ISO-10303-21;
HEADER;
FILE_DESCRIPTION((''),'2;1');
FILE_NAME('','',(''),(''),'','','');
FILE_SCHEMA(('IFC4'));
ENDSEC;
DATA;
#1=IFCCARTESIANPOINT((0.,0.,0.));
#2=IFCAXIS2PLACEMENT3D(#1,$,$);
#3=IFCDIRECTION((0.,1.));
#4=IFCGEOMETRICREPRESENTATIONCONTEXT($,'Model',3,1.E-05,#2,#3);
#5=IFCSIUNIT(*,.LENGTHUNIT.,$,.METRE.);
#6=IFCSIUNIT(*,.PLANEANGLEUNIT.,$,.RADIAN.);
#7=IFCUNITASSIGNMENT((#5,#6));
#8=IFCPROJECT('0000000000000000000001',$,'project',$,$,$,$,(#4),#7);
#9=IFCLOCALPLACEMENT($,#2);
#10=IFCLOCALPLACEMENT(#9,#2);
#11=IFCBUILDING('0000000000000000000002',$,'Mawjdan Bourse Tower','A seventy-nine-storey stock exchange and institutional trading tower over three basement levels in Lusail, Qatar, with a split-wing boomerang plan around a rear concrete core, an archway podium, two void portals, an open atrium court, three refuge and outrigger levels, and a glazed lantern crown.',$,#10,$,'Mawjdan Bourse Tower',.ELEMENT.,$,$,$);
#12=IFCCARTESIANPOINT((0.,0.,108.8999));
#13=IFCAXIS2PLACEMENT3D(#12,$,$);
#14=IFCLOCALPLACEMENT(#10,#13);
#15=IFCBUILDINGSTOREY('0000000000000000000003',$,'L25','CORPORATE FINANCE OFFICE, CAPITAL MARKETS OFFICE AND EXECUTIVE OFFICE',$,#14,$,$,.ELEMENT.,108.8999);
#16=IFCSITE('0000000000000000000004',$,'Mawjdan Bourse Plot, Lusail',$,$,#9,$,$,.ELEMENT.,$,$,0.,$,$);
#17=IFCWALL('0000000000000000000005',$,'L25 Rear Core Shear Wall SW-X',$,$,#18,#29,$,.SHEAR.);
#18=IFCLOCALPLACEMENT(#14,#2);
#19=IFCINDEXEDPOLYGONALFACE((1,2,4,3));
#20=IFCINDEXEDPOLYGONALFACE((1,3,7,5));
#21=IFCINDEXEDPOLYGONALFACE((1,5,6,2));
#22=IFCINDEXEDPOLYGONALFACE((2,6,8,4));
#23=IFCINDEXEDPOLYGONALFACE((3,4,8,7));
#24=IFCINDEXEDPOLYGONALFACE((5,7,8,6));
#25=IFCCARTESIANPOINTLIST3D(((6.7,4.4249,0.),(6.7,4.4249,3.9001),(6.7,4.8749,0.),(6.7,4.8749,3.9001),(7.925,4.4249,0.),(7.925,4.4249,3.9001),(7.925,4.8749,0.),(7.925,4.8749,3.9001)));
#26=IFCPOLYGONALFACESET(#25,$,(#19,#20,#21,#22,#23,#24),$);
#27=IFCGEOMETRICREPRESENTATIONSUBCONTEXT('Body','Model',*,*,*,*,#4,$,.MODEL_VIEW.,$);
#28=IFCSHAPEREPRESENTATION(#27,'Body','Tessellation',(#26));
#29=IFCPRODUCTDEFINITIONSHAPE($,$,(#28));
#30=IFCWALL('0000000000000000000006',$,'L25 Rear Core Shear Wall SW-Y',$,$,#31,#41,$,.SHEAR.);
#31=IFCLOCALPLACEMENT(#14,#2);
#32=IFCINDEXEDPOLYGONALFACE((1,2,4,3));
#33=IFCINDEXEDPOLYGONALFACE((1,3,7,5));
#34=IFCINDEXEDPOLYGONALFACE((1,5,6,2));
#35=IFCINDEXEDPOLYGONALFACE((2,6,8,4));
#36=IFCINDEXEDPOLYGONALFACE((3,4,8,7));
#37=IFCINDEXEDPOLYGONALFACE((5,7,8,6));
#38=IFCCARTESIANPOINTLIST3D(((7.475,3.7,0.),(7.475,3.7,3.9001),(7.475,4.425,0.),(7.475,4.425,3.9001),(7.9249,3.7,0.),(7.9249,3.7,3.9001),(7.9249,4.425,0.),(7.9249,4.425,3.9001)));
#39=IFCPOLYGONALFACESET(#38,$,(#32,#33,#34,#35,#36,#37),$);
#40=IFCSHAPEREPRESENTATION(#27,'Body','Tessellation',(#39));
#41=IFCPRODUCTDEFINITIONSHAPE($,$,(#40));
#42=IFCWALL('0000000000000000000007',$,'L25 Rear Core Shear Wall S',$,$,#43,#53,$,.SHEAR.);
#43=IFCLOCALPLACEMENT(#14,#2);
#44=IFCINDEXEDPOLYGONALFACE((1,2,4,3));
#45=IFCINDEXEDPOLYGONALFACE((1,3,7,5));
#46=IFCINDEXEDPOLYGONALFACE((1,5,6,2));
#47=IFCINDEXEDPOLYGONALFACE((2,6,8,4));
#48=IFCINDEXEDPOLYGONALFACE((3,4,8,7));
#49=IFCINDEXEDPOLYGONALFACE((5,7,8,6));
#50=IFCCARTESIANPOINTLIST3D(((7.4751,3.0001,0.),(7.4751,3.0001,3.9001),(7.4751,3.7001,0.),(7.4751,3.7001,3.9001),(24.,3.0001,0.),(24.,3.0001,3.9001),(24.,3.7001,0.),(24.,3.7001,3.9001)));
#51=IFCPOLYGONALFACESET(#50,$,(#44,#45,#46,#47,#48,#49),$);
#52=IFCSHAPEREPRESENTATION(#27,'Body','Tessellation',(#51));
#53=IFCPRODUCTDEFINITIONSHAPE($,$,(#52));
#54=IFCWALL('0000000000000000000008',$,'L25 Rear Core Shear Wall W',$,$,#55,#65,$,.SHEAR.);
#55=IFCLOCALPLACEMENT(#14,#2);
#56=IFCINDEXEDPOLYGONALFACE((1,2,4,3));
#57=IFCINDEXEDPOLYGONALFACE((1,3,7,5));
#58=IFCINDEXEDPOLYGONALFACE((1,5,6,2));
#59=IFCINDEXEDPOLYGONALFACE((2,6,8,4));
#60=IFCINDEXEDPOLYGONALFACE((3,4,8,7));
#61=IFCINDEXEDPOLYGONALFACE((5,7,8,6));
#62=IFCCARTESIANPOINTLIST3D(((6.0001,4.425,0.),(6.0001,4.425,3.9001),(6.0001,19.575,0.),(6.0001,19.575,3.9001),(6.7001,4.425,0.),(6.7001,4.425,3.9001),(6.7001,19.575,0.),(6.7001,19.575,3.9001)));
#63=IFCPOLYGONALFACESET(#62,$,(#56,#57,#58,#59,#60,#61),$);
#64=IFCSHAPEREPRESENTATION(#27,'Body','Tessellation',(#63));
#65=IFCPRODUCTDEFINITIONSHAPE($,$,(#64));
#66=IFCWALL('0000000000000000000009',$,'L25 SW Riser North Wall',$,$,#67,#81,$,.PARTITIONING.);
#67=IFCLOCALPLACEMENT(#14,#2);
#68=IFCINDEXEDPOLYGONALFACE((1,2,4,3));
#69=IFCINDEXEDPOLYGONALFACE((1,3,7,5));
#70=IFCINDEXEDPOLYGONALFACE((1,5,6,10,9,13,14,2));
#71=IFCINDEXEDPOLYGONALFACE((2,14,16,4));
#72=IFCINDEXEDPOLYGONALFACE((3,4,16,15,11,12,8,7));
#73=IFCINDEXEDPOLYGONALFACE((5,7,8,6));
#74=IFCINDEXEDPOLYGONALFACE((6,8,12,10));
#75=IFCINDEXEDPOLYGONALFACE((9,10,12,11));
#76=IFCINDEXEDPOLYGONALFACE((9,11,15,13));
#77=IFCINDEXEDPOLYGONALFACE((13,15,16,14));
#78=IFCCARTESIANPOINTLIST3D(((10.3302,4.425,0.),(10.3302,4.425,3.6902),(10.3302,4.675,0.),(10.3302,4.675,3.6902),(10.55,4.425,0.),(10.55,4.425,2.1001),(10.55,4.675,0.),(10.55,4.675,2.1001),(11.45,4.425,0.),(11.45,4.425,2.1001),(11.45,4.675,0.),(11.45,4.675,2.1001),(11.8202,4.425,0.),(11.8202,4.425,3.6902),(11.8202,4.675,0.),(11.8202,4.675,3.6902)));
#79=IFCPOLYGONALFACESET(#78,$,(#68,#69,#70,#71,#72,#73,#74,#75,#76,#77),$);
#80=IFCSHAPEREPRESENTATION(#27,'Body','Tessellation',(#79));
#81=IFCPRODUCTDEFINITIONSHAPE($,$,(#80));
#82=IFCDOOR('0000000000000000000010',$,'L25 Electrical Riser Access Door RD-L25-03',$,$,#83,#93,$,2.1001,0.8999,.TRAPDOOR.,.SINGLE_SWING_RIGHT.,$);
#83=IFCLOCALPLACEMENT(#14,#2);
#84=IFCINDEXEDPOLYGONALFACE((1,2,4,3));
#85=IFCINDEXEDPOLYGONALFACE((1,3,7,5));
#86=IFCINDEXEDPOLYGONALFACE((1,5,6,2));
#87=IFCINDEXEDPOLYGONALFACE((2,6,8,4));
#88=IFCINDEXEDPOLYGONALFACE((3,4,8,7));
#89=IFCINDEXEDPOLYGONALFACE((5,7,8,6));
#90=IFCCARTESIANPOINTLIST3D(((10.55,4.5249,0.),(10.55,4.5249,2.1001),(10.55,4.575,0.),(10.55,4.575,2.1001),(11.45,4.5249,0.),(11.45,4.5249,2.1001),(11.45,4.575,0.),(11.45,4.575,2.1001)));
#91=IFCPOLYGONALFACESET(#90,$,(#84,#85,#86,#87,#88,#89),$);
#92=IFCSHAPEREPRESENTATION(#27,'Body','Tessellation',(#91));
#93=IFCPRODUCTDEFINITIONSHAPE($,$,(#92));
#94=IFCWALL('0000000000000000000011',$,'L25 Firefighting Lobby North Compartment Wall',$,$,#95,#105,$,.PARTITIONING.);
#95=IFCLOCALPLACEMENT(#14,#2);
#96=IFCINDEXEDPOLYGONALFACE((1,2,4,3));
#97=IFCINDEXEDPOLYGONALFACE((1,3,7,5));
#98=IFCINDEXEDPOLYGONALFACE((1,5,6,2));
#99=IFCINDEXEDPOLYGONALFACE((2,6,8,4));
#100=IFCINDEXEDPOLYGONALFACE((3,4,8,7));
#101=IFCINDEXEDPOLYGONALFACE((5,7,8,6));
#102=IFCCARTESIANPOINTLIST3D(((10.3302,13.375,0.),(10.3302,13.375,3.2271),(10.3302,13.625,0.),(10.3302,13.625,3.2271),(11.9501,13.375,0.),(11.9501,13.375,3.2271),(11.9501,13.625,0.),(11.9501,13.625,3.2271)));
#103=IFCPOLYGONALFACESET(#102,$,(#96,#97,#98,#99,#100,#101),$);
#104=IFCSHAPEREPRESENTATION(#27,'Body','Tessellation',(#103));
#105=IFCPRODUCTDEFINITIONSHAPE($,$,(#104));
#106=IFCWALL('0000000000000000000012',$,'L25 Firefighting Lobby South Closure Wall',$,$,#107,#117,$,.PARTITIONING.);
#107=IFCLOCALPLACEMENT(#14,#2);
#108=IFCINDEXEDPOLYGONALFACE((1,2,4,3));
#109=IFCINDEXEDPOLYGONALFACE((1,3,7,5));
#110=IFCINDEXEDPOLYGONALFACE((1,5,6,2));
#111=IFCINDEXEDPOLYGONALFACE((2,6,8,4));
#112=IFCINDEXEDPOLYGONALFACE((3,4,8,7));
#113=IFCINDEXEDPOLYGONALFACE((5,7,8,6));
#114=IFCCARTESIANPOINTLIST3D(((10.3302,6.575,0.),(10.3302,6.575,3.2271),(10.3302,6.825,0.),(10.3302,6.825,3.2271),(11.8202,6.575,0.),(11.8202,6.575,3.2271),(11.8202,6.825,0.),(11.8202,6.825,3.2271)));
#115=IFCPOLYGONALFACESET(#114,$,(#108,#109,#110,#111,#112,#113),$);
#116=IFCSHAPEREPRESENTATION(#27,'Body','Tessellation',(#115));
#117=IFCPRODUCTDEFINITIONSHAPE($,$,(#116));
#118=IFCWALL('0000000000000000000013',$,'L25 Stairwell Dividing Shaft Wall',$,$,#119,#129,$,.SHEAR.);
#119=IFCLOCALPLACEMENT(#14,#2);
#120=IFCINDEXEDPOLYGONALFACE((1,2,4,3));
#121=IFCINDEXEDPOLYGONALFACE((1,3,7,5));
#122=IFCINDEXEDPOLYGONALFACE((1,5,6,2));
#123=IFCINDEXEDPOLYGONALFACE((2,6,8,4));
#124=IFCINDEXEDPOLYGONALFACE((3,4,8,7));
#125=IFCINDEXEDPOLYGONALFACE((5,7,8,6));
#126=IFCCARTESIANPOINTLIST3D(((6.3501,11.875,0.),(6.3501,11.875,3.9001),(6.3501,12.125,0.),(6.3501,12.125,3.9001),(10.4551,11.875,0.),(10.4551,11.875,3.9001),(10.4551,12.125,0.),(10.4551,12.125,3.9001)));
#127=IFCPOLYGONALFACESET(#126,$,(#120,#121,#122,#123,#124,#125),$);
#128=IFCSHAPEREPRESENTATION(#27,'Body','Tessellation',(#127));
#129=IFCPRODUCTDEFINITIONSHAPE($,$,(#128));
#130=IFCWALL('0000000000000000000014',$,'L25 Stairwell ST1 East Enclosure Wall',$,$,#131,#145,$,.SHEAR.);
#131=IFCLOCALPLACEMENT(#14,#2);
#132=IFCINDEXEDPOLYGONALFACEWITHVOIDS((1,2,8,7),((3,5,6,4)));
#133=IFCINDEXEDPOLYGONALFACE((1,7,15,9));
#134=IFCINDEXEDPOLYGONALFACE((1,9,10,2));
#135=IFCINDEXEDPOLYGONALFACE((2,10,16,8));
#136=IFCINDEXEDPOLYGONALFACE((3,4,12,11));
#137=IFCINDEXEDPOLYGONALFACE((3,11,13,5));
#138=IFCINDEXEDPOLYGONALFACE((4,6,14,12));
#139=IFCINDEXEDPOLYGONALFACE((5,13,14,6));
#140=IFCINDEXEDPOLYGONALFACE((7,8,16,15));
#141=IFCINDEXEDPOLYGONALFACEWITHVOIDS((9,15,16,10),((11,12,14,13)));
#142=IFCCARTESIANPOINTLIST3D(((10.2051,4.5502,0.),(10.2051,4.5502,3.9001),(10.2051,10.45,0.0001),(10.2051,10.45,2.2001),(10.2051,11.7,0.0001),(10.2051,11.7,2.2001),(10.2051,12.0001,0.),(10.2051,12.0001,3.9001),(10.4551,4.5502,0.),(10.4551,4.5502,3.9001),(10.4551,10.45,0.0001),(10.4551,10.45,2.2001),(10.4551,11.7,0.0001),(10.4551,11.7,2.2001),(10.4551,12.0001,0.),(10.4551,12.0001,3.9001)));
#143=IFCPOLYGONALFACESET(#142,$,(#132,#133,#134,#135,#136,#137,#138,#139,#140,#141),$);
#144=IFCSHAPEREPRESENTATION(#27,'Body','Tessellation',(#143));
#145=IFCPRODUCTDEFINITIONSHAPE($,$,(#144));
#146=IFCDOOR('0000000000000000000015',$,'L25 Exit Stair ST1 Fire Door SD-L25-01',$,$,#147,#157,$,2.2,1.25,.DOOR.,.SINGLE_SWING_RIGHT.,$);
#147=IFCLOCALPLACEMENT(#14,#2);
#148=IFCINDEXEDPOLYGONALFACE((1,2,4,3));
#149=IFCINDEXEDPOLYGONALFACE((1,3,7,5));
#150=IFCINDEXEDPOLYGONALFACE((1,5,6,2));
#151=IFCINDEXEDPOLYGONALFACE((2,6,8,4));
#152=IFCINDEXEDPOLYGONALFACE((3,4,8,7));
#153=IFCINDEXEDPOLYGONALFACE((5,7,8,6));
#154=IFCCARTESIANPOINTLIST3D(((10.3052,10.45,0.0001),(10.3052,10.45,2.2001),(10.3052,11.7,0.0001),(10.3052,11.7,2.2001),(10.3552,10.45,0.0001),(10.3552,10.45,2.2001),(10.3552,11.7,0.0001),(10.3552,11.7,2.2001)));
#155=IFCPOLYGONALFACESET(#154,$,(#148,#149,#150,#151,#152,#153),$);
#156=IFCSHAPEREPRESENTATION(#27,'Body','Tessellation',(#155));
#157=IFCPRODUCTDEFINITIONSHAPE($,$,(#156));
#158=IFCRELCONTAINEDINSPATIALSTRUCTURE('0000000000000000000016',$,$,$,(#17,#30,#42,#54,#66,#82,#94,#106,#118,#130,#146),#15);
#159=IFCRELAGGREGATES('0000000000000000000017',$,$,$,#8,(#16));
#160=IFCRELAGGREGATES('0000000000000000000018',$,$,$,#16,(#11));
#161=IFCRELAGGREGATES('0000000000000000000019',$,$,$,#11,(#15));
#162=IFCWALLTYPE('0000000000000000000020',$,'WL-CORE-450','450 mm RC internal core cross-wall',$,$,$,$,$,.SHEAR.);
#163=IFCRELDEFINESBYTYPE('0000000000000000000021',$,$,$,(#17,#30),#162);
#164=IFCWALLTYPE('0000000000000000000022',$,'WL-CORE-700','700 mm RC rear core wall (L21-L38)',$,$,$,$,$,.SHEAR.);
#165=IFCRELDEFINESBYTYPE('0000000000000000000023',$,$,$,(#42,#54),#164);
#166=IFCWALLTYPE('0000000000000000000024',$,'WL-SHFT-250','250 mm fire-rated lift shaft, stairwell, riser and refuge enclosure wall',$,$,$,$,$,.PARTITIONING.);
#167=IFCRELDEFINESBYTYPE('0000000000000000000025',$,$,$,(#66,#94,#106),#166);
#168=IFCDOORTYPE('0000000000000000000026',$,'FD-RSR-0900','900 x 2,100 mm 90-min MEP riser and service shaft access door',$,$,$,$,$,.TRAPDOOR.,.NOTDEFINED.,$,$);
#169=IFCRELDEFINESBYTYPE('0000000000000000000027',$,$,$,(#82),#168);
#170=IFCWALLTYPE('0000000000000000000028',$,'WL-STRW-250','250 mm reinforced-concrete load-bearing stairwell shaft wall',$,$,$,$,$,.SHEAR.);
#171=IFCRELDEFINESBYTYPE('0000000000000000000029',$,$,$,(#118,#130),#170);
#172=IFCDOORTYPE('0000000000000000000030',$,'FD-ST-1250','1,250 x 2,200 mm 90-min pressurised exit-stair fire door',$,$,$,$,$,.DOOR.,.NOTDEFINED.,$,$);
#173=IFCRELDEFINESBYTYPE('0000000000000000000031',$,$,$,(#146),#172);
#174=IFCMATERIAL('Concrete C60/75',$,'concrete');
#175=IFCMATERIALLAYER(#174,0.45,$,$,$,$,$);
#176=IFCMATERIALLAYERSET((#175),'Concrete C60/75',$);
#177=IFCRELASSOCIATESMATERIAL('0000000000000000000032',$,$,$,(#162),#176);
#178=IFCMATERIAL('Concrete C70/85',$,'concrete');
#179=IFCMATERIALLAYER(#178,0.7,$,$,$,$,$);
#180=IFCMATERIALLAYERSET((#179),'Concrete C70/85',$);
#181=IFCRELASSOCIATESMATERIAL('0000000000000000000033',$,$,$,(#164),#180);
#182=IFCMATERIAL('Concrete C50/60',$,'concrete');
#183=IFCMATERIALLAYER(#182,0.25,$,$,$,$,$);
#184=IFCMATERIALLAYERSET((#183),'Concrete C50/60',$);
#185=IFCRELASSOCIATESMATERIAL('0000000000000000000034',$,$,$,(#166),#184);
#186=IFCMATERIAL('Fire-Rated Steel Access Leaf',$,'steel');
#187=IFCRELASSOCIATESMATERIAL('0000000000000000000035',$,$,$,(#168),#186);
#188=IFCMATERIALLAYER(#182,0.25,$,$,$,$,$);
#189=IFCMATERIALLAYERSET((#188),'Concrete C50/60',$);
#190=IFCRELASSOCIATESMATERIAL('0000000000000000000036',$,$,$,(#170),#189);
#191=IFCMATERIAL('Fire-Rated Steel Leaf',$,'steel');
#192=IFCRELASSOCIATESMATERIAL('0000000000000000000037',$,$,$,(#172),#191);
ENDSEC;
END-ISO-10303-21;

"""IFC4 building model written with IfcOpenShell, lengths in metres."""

from ifc_helpers import new_model, si_unit, direction, frame, frame_2d, origin, place, context, subcontext, project, spatial, rectangle, extrude, material, layer, layer_set, type_object, element, fill, save


model = new_model("IFC4")

# Units and contexts
model_context = context("Model", 3, precision=1e-05, world=origin(), true_north=direction((0.0, 1.0)))
body_context = subcontext(model_context, "Body", "Model", "MODEL_VIEW")
ifc_project = project(units=[si_unit("LENGTHUNIT", "METRE"), si_unit("PLANEANGLEUNIT", "RADIAN")], contexts=[model_context])

# Site, building, storey
site_placement = place(None, origin())
site = spatial("IfcSite", under=ifc_project, at=site_placement, Name="Mawjdan Bourse Plot, Lusail", CompositionType="ELEMENT", RefElevation=0.0)
building_placement = place(site_placement, origin())
building = spatial("IfcBuilding", under=site, at=building_placement, Name="Mawjdan Bourse Tower", Description="A seventy-nine-storey stock exchange and institutional trading tower over three basement levels in Lusail, Qatar, with a split-wing boomerang plan around a rear concrete core, an archway podium, two void portals, an open atrium court, three refuge and outrigger levels, and a glazed lantern crown.", LongName="Mawjdan Bourse Tower", CompositionType="ELEMENT")
storey_placement = place(building_placement, frame((0.0, 0.0, 108.8999)))
storey = spatial("IfcBuildingStorey", under=building, at=storey_placement, Name="L25", Description="CORPORATE FINANCE OFFICE, CAPITAL MARKETS OFFICE AND EXECUTIVE OFFICE", CompositionType="ELEMENT", Elevation=108.8999)

# Shared definitions
ifc_material_1 = material(Name="Concrete C50/60", Category="concrete")

# Walls
ifc_material_2 = material(Name="Concrete C60/75", Category="concrete")
ifc_layer_1 = layer(ifc_material_2, 0.45)
ifc_layer_set_1 = layer_set([ifc_layer_1], Name="Concrete C60/75")
wall_type_1 = type_object("IfcWallType", Name="WL-CORE-450", Description="450 mm RC internal core cross-wall", PredefinedType="SHEAR", material=ifc_layer_set_1)
wall_1_placement = place(storey_placement, frame((6.7, 4.6499, 0.0), z_axis=(0.0, 0.0, 1.0), x_axis=(1.0, 0.0, 0.0)))
element("IfcWall", 1, at=wall_1_placement, inside=storey, type_object=wall_type_1, Name="L25 Rear Core Shear Wall SW-X", PredefinedType="SHEAR", context=body_context, shape_type="SweptSolid", body=[
    extrude(rectangle(XDim=1.2251, YDim=0.45, at=frame_2d((0.6125, 0.0))), origin(), (0.0, 0.0, 1.0), 3.9001),
])
wall_2_placement = place(storey_placement, frame((7.7, 3.7, 0.0), z_axis=(0.0, 0.0, 1.0), x_axis=(0.0, 1.0, 0.0)))
element("IfcWall", 2, at=wall_2_placement, inside=storey, type_object=wall_type_1, Name="L25 Rear Core Shear Wall SW-Y", PredefinedType="SHEAR", context=body_context, shape_type="SweptSolid", body=[
    extrude(rectangle(XDim=0.7251, YDim=0.45, at=frame_2d((0.3625, 0.0))), origin(), (0.0, 0.0, 1.0), 3.9001),
])
ifc_material_3 = material(Name="Concrete C70/85", Category="concrete")
ifc_layer_2 = layer(ifc_material_3, 0.7)
ifc_layer_set_2 = layer_set([ifc_layer_2], Name="Concrete C70/85")
wall_type_2 = type_object("IfcWallType", Name="WL-CORE-700", Description="700 mm RC rear core wall (L21-L38)", PredefinedType="SHEAR", material=ifc_layer_set_2)
wall_3_placement = place(storey_placement, frame((7.4751, 3.3501, 0.0), z_axis=(0.0, 0.0, 1.0), x_axis=(1.0, 0.0, 0.0)))
element("IfcWall", 3, at=wall_3_placement, inside=storey, type_object=wall_type_2, Name="L25 Rear Core Shear Wall S", PredefinedType="SHEAR", context=body_context, shape_type="SweptSolid", body=[
    extrude(rectangle(XDim=16.5249, YDim=0.7, at=frame_2d((8.2625, 0.0))), origin(), (0.0, 0.0, 1.0), 3.9001),
])
wall_4_placement = place(storey_placement, frame((6.3501, 4.425, 0.0), z_axis=(0.0, 0.0, 1.0), x_axis=(0.0, 1.0, 0.0)))
element("IfcWall", 4, at=wall_4_placement, inside=storey, type_object=wall_type_2, Name="L25 Rear Core Shear Wall W", PredefinedType="SHEAR", context=body_context, shape_type="SweptSolid", body=[
    extrude(rectangle(XDim=15.1499, YDim=0.7, at=frame_2d((7.575, 0.0))), origin(), (0.0, 0.0, 1.0), 3.9001),
])

# Wall, opening, door
ifc_layer_3 = layer(ifc_material_1, 0.25)
ifc_layer_set_3 = layer_set([ifc_layer_3], Name="Concrete C50/60")
wall_type_3 = type_object("IfcWallType", Name="WL-SHFT-250", Description="250 mm fire-rated lift shaft, stairwell, riser and refuge enclosure wall", PredefinedType="PARTITIONING", material=ifc_layer_set_3)
wall_5_placement = place(storey_placement, frame((10.3301, 4.55, 0.0), z_axis=(0.0, 0.0, 1.0), x_axis=(1.0, 0.0, 0.0)))
wall_5 = element("IfcWall", 5, at=wall_5_placement, inside=storey, type_object=wall_type_3, Name="L25 SW Riser North Wall", PredefinedType="PARTITIONING", context=body_context, shape_type="SweptSolid", body=[
    extrude(rectangle(XDim=1.49, YDim=0.25, at=frame_2d((0.7451, 0.0))), origin(), (0.0, 0.0, 1.0), 3.6902),
])
opening_1_placement = place(wall_5_placement, frame((0.22, 0.0, 0.0)))
opening_1 = element("IfcOpeningElement", 6, at=opening_1_placement, cuts=wall_5, PredefinedType="OPENING", context=body_context, shape_type="SweptSolid", body=[
    extrude(rectangle(XDim=0.8999, YDim=2.1001, at=frame_2d((0.45, 1.05))), frame((0.0, 0.135, 0.0), z_axis=(0.0, -1.0, 0.0), x_axis=(1.0, 0.0, 0.0)), (0.0, 0.0, 1.0), 0.27),
])
ifc_material_4 = material(Name="Fire-Rated Steel Access Leaf", Category="steel")
door_type_1 = type_object("IfcDoorType", Name="FD-RSR-0900", Description="900 x 2,100 mm 90-min MEP riser and service shaft access door", OperationType="NOTDEFINED", PredefinedType="TRAPDOOR", material=ifc_material_4)
door_1_placement = place(opening_1_placement, origin())
door_1 = element("IfcDoor", 7, at=door_1_placement, inside=storey, type_object=door_type_1, Name="L25 Electrical Riser Access Door RD-L25-03", OperationType="SINGLE_SWING_RIGHT", OverallHeight=2.1001, OverallWidth=0.8999, PredefinedType="TRAPDOOR", context=body_context, shape_type="SweptSolid", body=[
    extrude(rectangle(XDim=0.8999, YDim=2.1001, at=frame_2d((0.45, 1.05))), frame((0.0, 0.0249, 0.0), z_axis=(0.0, -1.0, 0.0), x_axis=(1.0, 0.0, 0.0)), (0.0, 0.0, 1.0), 0.05),
])
fill(opening_1, door_1)

# Walls
wall_6_placement = place(storey_placement, frame((10.3301, 13.5, 0.0), z_axis=(0.0, 0.0, 1.0), x_axis=(1.0, 0.0, 0.0)))
element("IfcWall", 8, at=wall_6_placement, inside=storey, type_object=wall_type_3, Name="L25 Firefighting Lobby North Compartment Wall", PredefinedType="PARTITIONING", context=body_context, shape_type="SweptSolid", body=[
    extrude(rectangle(XDim=1.6199, YDim=0.25, at=frame_2d((0.8101, 0.0))), origin(), (0.0, 0.0, 1.0), 3.2271),
])
wall_7_placement = place(storey_placement, frame((10.3301, 6.7, 0.0), z_axis=(0.0, 0.0, 1.0), x_axis=(1.0, 0.0, 0.0)))
element("IfcWall", 9, at=wall_7_placement, inside=storey, type_object=wall_type_3, Name="L25 Firefighting Lobby South Closure Wall", PredefinedType="PARTITIONING", context=body_context, shape_type="SweptSolid", body=[
    extrude(rectangle(XDim=1.49, YDim=0.25, at=frame_2d((0.7451, 0.0))), origin(), (0.0, 0.0, 1.0), 3.2271),
])
ifc_layer_4 = layer(ifc_material_1, 0.25)
ifc_layer_set_4 = layer_set([ifc_layer_4], Name="Concrete C50/60")
wall_type_4 = type_object("IfcWallType", Name="WL-STRW-250", Description="250 mm reinforced-concrete load-bearing stairwell shaft wall", PredefinedType="SHEAR", material=ifc_layer_set_4)
wall_8_placement = place(storey_placement, frame((6.3501, 12.0, 0.0), z_axis=(0.0, 0.0, 1.0), x_axis=(1.0, 0.0, 0.0)))
element("IfcWall", 10, at=wall_8_placement, inside=storey, type_object=wall_type_4, Name="L25 Stairwell Dividing Shaft Wall", PredefinedType="SHEAR", context=body_context, shape_type="SweptSolid", body=[
    extrude(rectangle(XDim=4.105, YDim=0.25, at=frame_2d((2.0525, 0.0))), origin(), (0.0, 0.0, 1.0), 3.9001),
])

# Wall, opening, door
wall_9_placement = place(storey_placement, frame((10.3301, 4.55, 0.0), z_axis=(0.0, 0.0, 1.0), x_axis=(0.0, 1.0, 0.0)))
wall_9 = element("IfcWall", 11, at=wall_9_placement, inside=storey, type_object=wall_type_4, Name="L25 Stairwell ST1 East Enclosure Wall", PredefinedType="SHEAR", context=body_context, shape_type="SweptSolid", body=[
    extrude(rectangle(XDim=7.45, YDim=0.25, at=frame_2d((3.7251, 0.0))), origin(), (0.0, 0.0, 1.0), 3.9001),
])
opening_2_placement = place(wall_9_placement, frame((5.8999, 0.0, 0.0)))
opening_2 = element("IfcOpeningElement", 12, at=opening_2_placement, cuts=wall_9, PredefinedType="OPENING", context=body_context, shape_type="SweptSolid", body=[
    extrude(rectangle(XDim=1.25, YDim=2.2, at=frame_2d((0.625, 1.1001))), frame((0.0, 0.135, 0.0), z_axis=(0.0, -1.0, 0.0), x_axis=(1.0, 0.0, 0.0)), (0.0, 0.0, 1.0), 0.27),
])
ifc_material_5 = material(Name="Fire-Rated Steel Leaf", Category="steel")
door_type_2 = type_object("IfcDoorType", Name="FD-ST-1250", Description="1,250 x 2,200 mm 90-min pressurised exit-stair fire door", OperationType="NOTDEFINED", PredefinedType="DOOR", material=ifc_material_5)
door_2_placement = place(opening_2_placement, origin())
door_2 = element("IfcDoor", 13, at=door_2_placement, inside=storey, type_object=door_type_2, Name="L25 Exit Stair ST1 Fire Door SD-L25-01", OperationType="SINGLE_SWING_RIGHT", OverallHeight=2.2, OverallWidth=1.25, PredefinedType="DOOR", context=body_context, shape_type="SweptSolid", body=[
    extrude(rectangle(XDim=1.25, YDim=2.2, at=frame_2d((0.625, 1.1001))), frame((0.0, 0.0249, 0.0), z_axis=(0.0, -1.0, 0.0), x_axis=(1.0, 0.0, 0.0)), (0.0, 0.0, 1.0), 0.05),
])
fill(opening_2, door_2)

save(model, "model.ifc")
